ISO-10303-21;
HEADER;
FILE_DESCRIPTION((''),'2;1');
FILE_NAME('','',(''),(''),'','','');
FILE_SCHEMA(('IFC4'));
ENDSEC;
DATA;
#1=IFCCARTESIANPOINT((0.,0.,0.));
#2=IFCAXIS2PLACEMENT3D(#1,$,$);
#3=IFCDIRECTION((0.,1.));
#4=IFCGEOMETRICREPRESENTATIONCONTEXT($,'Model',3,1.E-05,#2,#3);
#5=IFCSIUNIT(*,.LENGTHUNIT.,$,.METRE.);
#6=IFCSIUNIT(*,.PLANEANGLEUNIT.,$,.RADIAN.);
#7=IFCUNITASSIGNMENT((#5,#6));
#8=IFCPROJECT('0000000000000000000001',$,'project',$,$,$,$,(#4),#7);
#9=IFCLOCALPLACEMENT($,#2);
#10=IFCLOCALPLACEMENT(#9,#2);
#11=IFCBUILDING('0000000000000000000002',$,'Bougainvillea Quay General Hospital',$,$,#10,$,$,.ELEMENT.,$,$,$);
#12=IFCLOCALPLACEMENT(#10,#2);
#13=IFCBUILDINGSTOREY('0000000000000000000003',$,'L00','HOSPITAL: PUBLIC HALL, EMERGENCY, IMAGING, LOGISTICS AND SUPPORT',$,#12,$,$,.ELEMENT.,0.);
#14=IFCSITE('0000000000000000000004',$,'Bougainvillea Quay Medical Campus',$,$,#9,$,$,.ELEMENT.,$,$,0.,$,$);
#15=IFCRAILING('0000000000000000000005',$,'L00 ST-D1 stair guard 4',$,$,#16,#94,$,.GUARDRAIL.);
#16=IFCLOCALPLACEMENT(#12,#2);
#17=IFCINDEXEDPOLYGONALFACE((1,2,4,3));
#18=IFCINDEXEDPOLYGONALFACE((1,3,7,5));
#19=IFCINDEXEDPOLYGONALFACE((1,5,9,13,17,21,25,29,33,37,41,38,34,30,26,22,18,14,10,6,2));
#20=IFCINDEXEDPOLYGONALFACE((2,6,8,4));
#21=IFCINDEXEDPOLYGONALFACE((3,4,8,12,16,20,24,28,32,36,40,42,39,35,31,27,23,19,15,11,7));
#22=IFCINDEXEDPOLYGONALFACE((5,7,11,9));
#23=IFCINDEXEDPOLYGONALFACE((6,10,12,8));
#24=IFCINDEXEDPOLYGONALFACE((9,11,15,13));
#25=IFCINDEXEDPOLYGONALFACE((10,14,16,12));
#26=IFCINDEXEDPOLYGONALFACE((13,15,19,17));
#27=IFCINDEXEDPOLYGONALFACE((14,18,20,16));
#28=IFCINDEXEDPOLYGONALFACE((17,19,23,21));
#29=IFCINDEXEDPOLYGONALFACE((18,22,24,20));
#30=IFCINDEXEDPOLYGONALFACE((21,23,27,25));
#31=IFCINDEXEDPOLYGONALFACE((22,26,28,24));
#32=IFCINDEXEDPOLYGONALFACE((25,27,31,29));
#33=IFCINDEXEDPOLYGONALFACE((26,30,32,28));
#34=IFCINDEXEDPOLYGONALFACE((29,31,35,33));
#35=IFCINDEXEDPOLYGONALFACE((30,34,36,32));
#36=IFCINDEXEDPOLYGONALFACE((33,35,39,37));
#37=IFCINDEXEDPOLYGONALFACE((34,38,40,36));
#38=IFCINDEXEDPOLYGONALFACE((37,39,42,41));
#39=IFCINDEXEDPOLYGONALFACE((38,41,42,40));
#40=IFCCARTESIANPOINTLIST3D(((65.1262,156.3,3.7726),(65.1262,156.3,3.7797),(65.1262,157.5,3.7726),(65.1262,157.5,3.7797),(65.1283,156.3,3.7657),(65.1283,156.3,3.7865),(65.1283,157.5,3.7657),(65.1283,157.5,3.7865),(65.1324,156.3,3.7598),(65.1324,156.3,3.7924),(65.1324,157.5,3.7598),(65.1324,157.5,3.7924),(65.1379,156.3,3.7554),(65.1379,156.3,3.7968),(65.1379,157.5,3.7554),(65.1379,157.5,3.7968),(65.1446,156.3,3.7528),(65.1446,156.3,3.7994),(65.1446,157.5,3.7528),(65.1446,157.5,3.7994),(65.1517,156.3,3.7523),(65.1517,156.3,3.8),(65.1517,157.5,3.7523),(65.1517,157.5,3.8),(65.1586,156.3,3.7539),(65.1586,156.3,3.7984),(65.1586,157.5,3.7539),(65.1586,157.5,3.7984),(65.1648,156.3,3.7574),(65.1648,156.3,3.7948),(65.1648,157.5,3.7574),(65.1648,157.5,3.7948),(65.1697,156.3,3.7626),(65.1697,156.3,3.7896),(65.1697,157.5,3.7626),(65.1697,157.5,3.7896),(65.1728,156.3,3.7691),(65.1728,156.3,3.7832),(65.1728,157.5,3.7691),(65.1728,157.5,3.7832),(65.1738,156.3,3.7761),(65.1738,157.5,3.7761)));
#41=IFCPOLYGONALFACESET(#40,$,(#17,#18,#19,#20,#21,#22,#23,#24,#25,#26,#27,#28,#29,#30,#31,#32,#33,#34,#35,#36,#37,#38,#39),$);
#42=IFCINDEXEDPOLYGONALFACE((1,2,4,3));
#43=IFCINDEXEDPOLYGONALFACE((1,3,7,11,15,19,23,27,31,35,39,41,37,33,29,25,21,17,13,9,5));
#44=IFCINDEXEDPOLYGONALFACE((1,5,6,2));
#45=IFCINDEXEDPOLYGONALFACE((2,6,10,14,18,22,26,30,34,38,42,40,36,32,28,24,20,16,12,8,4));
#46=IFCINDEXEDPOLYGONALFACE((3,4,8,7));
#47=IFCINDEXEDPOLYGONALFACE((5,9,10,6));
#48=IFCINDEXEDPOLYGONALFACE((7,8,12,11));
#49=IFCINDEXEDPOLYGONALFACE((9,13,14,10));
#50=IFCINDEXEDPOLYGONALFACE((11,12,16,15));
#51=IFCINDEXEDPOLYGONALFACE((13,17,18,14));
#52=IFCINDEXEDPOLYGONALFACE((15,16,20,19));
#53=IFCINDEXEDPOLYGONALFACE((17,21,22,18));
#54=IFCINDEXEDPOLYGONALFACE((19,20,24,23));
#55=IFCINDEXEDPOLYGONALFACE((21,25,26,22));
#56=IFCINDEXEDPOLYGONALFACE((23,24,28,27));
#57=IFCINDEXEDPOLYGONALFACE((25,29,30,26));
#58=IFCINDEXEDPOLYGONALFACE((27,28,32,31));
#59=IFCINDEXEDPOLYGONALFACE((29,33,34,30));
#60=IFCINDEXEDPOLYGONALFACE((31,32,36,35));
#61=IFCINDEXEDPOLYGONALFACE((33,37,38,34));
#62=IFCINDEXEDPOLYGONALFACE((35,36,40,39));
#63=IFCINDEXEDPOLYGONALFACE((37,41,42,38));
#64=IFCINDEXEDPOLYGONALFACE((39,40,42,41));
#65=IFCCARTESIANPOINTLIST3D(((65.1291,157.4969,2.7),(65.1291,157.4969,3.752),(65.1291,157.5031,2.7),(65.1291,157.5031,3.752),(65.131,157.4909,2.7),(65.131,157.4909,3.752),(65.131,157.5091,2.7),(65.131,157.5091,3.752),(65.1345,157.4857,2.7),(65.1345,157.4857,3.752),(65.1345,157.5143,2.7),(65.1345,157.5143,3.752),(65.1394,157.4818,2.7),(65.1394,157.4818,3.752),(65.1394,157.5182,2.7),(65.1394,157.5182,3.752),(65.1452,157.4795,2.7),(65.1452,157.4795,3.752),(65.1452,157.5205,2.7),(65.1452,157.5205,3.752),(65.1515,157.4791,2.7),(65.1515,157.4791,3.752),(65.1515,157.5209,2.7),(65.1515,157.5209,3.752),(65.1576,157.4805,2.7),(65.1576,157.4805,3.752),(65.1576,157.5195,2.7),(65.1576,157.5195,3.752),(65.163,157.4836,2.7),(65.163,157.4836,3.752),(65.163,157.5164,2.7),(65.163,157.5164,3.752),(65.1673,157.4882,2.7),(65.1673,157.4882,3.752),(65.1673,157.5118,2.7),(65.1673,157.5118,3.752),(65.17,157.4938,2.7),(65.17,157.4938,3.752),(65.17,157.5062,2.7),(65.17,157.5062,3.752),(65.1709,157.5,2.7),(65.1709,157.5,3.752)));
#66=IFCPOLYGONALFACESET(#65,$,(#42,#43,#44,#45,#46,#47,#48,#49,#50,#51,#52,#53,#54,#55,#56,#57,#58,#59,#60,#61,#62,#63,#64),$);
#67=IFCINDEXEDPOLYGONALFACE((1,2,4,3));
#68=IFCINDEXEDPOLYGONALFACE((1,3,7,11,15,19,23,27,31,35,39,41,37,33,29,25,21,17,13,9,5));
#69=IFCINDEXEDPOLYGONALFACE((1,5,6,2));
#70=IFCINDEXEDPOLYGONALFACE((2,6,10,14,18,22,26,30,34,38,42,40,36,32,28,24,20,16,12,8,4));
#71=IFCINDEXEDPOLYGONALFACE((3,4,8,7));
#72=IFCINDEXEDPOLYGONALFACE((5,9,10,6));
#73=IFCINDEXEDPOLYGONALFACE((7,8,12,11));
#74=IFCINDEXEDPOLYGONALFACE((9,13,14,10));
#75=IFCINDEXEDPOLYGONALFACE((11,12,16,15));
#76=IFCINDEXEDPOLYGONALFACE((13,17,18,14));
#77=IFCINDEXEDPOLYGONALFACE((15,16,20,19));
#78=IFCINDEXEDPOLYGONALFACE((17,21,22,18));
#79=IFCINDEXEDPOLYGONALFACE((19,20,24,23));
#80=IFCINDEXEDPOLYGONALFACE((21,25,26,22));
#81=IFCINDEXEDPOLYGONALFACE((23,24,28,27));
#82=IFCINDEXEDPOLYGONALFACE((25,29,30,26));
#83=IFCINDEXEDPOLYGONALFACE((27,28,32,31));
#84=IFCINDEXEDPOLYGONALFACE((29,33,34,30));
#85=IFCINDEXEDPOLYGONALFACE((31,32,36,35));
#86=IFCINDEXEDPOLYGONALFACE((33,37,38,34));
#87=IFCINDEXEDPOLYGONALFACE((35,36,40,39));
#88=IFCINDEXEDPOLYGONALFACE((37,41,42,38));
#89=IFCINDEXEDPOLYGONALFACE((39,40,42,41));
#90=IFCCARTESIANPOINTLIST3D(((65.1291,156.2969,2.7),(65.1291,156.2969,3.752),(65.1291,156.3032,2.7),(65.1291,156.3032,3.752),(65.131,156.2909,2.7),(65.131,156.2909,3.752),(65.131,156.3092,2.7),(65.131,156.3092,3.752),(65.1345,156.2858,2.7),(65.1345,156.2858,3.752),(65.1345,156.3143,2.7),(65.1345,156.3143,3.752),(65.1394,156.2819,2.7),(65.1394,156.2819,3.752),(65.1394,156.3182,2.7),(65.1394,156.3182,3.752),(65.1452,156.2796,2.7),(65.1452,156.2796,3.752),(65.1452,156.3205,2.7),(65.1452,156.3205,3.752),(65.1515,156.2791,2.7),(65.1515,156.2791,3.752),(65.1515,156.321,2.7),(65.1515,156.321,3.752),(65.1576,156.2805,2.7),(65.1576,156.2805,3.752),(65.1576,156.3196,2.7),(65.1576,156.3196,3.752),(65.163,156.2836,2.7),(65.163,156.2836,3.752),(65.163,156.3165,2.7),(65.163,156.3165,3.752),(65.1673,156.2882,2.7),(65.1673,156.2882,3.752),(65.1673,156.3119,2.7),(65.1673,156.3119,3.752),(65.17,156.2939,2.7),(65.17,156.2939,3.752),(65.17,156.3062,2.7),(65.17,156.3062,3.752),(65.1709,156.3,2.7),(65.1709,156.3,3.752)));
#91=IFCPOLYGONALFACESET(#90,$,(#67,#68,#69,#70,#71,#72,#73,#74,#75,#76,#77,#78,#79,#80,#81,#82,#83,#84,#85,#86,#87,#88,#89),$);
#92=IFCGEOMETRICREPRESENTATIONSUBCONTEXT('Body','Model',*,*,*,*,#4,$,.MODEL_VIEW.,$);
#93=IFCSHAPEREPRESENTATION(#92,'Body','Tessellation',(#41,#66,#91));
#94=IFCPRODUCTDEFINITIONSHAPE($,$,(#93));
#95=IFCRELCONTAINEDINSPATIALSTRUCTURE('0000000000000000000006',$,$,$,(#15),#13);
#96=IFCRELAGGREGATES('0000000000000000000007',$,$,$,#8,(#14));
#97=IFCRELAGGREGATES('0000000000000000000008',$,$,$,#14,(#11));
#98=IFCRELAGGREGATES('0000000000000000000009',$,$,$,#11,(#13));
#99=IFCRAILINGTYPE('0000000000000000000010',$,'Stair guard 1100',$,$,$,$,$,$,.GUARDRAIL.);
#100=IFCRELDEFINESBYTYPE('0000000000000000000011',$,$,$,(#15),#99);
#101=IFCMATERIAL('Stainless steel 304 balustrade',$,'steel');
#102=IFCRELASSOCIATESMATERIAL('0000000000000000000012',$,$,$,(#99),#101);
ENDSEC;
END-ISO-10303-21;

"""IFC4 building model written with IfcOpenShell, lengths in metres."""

from ifc_helpers import new_model, si_unit, direction, frame, origin, origin_2d, place, context, subcontext, project, spatial, circle, extrude, material, type_object, element, save


model = new_model("IFC4")

# Units and contexts
model_context = context("Model", 3, precision=1e-05, world=origin(), true_north=direction((0.0, 1.0)))
body_context = subcontext(model_context, "Body", "Model", "MODEL_VIEW")
ifc_project = project(units=[si_unit("LENGTHUNIT", "METRE"), si_unit("PLANEANGLEUNIT", "RADIAN")], contexts=[model_context])

# Site, building, storey
site_placement = place(None, origin())
site = spatial("IfcSite", under=ifc_project, at=site_placement, Name="Bougainvillea Quay Medical Campus", CompositionType="ELEMENT", RefElevation=0.0)
building_placement = place(site_placement, origin())
building = spatial("IfcBuilding", under=site, at=building_placement, Name="Bougainvillea Quay General Hospital", CompositionType="ELEMENT")
storey_placement = place(building_placement, origin())
storey = spatial("IfcBuildingStorey", under=building, at=storey_placement, Name="L00", Description="HOSPITAL: PUBLIC HALL, EMERGENCY, IMAGING, LOGISTICS AND SUPPORT", CompositionType="ELEMENT", Elevation=0.0)

# Railing
ifc_material_1 = material(Name="Stainless steel 304 balustrade", Category="steel")
railing_type_1 = type_object("IfcRailingType", Name="Stair guard 1100", PredefinedType="GUARDRAIL", material=ifc_material_1)
railing_1_placement = place(storey_placement, frame((65.1499, 157.5, 2.7)))
element("IfcRailing", 1, at=railing_1_placement, inside=storey, type_object=railing_type_1, Name="L00 ST-D1 stair guard 4", PredefinedType="GUARDRAIL", context=body_context, shape_type="SweptSolid", body=[
    extrude(circle(Radius=0.0239, at=origin_2d()), frame((0.0, 0.0, 1.0762), z_axis=(0.0, -1.0, 0.0), x_axis=(1.0, 0.0, 0.0)), (0.0, 0.0, 1.0), 1.2),
    extrude(circle(Radius=0.021, at=origin_2d()), origin(), (0.0, 0.0, 1.0), 1.052),
    extrude(circle(Radius=0.021, at=origin_2d()), frame((0.0, -1.2, 0.0)), (0.0, 0.0, 1.0), 1.052),
])

save(model, "model.ifc")
